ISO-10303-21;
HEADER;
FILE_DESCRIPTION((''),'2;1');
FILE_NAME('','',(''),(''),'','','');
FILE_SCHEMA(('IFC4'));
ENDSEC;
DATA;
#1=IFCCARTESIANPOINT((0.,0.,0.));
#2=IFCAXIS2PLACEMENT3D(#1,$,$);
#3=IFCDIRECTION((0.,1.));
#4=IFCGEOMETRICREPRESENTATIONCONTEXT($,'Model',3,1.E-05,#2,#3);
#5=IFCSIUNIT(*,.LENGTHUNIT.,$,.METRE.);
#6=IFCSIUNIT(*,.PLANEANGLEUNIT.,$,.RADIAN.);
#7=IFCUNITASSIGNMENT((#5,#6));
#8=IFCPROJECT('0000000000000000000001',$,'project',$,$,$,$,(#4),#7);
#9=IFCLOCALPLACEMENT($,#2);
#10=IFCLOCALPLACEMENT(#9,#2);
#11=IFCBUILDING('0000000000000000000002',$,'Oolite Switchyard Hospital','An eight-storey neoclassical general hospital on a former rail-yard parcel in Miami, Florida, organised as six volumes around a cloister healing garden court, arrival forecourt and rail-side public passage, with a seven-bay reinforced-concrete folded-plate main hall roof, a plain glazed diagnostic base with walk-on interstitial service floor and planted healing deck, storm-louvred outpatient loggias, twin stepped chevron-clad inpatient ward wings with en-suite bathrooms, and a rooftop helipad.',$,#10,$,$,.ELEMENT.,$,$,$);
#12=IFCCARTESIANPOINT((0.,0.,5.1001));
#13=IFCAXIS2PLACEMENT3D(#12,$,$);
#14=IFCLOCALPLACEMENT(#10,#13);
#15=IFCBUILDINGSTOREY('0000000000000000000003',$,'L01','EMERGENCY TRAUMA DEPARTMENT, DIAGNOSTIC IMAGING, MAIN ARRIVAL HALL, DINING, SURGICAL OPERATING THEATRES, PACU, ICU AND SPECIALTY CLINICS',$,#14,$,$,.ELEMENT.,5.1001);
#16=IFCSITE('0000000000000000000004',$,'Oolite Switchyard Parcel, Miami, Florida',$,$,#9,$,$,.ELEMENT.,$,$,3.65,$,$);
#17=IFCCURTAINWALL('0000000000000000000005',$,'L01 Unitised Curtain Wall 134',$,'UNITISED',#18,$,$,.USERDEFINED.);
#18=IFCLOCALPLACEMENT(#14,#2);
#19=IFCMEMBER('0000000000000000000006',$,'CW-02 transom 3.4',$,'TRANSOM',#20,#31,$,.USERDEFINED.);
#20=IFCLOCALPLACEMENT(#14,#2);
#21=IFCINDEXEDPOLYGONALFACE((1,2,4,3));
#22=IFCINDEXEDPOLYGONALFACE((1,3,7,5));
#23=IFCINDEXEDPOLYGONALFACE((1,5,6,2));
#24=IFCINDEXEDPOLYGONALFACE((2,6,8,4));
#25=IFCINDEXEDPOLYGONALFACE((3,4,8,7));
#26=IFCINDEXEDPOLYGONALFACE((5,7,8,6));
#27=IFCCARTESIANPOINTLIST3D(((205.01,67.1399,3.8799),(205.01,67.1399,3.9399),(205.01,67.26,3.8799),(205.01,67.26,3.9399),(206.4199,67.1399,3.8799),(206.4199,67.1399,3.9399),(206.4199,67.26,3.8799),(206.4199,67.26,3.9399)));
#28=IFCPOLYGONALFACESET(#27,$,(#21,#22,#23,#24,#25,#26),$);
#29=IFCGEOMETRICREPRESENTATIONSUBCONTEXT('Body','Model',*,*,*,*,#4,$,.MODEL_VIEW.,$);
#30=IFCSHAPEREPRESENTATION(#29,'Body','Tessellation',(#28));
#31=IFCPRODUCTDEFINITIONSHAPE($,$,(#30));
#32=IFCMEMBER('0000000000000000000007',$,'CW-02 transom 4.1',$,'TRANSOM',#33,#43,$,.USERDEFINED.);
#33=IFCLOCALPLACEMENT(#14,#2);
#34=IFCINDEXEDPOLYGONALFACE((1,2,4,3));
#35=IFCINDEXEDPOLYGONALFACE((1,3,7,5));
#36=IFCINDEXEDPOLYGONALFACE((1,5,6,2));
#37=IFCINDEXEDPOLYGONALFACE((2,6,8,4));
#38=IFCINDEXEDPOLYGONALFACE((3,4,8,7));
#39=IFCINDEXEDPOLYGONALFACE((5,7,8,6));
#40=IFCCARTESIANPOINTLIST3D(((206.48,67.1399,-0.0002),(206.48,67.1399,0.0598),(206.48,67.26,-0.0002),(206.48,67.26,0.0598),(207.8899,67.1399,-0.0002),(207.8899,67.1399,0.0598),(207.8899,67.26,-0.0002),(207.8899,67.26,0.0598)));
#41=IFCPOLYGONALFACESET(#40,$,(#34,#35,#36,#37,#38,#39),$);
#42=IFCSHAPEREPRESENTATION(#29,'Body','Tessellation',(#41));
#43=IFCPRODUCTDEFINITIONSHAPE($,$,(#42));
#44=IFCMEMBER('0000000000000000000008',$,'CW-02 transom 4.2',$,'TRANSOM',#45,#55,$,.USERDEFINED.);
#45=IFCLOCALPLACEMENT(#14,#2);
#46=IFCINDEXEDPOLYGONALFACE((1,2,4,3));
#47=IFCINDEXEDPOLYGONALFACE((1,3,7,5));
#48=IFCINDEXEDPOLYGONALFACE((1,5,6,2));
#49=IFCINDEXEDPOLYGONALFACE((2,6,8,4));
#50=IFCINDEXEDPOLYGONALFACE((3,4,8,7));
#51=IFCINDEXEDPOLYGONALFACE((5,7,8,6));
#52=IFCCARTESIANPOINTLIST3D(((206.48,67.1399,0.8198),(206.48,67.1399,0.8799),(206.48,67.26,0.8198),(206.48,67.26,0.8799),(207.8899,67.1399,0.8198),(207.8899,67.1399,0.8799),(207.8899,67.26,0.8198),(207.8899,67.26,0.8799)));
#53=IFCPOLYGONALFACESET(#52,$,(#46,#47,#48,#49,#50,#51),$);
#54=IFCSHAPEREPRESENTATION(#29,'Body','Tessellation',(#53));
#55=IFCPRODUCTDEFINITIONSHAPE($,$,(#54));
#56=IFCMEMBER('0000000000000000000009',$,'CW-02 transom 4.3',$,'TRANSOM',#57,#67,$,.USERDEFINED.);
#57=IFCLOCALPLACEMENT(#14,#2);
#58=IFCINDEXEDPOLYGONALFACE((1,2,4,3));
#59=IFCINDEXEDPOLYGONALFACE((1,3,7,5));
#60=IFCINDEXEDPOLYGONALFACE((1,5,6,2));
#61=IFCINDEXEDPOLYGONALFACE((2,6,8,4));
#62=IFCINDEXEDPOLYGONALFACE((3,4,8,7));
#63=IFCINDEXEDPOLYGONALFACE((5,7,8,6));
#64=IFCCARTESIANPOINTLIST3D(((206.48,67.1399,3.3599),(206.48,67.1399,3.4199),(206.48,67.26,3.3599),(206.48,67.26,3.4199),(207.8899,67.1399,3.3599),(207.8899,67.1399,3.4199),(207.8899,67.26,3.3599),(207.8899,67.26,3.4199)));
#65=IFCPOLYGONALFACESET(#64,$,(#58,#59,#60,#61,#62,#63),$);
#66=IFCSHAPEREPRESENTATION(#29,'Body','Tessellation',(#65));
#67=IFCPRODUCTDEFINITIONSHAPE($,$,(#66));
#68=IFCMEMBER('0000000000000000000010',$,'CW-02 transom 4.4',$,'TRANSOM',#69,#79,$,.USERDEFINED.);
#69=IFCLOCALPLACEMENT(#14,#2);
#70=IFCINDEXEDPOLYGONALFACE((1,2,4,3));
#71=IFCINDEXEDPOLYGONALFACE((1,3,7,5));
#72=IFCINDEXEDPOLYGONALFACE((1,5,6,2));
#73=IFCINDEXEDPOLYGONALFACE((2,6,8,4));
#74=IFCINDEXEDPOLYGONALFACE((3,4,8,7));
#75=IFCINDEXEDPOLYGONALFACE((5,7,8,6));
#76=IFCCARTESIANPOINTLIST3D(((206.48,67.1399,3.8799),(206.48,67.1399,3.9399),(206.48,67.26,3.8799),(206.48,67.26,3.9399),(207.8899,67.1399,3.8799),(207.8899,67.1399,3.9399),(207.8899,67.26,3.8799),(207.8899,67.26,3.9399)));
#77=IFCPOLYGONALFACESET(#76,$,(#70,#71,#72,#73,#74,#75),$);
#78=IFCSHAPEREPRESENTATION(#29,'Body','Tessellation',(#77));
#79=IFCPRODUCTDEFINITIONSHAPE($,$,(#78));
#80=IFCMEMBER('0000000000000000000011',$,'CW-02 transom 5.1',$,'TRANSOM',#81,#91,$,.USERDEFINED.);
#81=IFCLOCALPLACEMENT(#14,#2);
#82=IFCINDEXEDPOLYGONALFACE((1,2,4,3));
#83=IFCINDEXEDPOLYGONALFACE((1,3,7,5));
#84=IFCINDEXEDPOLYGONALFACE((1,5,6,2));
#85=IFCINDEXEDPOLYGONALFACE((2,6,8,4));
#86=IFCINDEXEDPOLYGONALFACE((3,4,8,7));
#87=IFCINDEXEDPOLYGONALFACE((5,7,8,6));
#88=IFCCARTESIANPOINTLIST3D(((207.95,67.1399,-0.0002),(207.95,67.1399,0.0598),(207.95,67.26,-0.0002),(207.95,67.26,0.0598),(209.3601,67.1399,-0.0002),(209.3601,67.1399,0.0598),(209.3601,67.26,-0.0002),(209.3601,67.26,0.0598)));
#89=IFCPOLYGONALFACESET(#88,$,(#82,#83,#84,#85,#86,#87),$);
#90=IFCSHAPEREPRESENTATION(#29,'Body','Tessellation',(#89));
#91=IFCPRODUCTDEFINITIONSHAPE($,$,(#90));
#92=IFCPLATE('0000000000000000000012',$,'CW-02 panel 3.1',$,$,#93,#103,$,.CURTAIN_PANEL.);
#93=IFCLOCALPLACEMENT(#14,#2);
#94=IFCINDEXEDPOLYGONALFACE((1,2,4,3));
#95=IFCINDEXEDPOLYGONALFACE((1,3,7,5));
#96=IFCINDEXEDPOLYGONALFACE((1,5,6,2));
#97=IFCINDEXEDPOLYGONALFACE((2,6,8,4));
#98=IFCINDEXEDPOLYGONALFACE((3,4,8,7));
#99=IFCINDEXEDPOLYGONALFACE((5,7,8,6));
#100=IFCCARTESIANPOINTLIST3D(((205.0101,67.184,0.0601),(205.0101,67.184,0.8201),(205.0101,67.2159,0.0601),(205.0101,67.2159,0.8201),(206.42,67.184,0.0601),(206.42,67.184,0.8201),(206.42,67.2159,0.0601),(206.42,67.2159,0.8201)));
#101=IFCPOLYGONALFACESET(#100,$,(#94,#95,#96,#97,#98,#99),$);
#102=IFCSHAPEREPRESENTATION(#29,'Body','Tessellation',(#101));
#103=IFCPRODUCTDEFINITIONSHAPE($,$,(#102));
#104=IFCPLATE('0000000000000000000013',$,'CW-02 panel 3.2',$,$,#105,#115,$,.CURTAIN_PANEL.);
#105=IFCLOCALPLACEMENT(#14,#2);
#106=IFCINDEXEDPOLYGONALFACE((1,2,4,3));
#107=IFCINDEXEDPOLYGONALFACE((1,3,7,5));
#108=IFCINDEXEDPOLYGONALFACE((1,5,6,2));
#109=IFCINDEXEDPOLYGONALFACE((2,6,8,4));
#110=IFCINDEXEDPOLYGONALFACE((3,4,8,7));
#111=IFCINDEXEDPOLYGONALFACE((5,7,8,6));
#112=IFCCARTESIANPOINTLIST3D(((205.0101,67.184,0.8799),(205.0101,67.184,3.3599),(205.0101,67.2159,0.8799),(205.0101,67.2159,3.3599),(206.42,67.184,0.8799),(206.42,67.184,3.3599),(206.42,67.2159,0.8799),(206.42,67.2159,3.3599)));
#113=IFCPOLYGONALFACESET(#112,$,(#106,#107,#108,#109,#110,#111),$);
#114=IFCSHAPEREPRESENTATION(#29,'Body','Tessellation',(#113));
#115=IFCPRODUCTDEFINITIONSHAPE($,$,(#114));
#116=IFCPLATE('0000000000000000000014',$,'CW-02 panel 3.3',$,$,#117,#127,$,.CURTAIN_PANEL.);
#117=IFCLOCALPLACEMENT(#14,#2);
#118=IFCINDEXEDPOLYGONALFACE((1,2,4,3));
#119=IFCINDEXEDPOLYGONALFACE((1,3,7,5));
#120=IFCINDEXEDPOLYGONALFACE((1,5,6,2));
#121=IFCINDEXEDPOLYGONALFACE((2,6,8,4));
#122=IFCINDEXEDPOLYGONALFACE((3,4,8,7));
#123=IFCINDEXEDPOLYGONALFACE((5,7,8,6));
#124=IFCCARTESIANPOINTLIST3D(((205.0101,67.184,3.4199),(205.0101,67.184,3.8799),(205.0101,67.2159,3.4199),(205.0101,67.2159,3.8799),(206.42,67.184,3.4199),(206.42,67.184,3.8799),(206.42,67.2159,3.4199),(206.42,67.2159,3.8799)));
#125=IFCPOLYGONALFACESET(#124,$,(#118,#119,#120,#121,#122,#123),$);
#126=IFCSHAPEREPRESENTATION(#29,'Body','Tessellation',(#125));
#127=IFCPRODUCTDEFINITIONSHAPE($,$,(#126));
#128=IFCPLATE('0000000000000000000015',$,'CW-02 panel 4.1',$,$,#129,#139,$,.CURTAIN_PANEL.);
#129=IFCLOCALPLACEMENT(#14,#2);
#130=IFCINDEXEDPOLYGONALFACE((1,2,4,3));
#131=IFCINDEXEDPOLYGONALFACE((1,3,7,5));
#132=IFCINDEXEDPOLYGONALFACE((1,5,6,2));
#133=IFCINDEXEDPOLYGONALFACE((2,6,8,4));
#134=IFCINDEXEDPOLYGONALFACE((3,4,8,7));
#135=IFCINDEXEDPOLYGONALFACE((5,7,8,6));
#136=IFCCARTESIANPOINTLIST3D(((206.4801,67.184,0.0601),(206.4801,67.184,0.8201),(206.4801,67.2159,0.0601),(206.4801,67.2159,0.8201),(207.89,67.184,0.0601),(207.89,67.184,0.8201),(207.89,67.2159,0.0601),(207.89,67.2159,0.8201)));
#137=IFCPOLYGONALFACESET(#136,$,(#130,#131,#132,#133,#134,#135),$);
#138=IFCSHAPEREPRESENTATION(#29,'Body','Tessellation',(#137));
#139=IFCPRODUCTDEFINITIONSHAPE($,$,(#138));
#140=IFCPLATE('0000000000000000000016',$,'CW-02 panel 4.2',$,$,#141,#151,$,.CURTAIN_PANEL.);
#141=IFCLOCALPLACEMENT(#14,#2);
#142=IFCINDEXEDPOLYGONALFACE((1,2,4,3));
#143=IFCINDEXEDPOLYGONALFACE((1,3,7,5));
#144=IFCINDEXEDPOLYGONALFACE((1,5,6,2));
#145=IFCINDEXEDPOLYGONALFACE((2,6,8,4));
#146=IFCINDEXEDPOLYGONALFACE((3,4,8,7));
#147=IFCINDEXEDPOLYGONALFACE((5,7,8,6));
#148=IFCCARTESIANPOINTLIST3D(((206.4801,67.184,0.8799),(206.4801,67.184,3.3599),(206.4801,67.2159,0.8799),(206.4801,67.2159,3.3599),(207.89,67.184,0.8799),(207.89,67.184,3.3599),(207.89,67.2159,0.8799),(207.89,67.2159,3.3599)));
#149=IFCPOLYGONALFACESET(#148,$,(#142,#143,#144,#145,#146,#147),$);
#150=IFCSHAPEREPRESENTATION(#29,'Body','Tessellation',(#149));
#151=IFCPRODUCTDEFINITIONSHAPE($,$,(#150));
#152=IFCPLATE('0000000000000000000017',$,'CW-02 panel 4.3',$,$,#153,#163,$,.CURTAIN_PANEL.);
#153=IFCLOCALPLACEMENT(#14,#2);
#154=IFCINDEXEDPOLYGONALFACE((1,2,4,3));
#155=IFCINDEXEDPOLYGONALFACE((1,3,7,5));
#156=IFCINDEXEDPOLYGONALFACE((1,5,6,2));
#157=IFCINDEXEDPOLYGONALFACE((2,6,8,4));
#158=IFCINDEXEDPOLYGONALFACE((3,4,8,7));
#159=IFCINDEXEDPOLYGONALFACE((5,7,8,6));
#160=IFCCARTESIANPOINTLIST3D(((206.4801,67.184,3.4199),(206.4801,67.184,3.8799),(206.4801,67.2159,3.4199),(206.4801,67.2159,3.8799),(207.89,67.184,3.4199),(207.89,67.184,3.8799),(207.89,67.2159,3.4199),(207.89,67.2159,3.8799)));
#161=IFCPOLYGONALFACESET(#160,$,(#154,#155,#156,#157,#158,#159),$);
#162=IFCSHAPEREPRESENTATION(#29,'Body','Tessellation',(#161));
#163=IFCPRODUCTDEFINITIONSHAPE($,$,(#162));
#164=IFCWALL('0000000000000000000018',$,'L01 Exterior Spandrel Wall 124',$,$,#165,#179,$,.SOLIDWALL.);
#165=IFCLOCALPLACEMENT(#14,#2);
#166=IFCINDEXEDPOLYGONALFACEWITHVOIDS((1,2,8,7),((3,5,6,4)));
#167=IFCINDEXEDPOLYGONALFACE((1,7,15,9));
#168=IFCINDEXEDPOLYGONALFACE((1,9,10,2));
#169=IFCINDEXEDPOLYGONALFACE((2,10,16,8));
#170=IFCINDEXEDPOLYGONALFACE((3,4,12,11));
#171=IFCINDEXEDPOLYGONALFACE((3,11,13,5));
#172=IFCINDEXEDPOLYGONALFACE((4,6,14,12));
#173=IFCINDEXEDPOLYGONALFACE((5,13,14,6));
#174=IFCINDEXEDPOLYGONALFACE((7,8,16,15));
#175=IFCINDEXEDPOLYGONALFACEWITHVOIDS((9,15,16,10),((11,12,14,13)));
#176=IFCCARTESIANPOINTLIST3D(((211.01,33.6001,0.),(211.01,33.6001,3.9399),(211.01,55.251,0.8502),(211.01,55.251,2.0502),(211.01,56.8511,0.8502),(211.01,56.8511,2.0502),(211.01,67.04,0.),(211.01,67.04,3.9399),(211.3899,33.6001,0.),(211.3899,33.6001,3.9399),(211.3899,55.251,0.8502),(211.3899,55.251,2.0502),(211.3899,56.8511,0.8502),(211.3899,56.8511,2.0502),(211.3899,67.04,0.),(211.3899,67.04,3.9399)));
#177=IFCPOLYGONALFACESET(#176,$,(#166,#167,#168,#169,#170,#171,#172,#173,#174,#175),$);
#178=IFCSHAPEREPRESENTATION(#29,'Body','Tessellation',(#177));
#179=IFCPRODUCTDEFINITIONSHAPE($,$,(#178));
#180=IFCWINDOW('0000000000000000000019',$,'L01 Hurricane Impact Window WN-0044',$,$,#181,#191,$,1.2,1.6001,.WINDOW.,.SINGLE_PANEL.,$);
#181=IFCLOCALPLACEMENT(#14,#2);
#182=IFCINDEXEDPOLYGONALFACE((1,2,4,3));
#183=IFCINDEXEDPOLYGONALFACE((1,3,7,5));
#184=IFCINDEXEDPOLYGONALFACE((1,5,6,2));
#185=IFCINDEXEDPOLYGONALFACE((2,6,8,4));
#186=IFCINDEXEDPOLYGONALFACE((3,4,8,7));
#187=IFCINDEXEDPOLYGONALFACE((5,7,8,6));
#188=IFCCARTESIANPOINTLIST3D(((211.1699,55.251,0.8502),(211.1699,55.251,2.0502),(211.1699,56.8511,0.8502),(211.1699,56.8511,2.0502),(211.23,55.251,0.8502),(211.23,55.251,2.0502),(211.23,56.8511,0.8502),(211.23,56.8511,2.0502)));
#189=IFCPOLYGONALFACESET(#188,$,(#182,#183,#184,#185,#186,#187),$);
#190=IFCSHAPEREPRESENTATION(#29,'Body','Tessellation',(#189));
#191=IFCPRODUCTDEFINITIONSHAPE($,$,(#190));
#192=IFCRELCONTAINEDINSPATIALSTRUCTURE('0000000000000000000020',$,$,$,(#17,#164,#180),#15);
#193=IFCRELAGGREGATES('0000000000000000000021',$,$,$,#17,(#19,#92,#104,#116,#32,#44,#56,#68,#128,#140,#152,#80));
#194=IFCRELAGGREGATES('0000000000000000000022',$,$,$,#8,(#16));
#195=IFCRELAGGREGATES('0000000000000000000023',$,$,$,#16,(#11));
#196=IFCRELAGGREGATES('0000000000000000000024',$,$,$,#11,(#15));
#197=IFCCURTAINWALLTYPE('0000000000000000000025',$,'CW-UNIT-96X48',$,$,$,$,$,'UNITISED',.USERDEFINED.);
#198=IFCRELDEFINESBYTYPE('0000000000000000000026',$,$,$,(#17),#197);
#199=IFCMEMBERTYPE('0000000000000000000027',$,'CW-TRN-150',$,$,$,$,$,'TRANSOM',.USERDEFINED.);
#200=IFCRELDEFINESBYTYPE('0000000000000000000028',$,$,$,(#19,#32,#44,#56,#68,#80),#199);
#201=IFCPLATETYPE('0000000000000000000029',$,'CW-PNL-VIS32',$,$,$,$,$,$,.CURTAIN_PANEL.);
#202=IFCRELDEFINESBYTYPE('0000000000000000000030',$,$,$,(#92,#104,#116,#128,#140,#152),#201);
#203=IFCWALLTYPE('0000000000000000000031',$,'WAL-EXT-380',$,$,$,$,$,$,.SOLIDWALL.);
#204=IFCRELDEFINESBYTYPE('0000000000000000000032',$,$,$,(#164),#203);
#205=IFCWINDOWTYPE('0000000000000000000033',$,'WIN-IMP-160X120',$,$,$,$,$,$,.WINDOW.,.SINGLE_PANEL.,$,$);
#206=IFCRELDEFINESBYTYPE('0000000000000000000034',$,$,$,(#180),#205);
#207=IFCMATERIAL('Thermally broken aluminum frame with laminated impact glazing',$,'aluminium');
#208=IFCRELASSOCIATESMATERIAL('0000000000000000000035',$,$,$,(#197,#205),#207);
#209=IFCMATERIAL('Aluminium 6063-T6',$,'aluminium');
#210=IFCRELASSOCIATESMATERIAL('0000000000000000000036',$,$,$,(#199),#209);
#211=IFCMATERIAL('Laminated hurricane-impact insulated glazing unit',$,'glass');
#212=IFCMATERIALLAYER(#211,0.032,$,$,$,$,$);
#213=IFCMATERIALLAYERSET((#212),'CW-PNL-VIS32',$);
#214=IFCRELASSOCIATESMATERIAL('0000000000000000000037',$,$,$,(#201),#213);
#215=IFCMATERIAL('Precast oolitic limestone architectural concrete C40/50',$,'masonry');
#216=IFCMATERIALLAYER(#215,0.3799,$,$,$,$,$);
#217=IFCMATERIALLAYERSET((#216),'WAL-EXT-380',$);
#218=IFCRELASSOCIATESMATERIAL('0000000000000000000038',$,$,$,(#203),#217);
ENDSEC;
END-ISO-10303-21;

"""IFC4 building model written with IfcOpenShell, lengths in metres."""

from ifc_helpers import new_model, si_unit, direction, frame, frame_2d, origin, origin_2d, place, context, subcontext, project, spatial, rectangle, extrude, material, layer, layer_set, material_profile, profile_set, type_object, element, fill, aggregate, save


model = new_model("IFC4")

# Units and contexts
model_context = context("Model", 3, precision=1e-05, world=origin(), true_north=direction((0.0, 1.0)))
body_context = subcontext(model_context, "Body", "Model", "MODEL_VIEW")
ifc_project = project(units=[si_unit("LENGTHUNIT", "METRE"), si_unit("PLANEANGLEUNIT", "RADIAN")], contexts=[model_context])

# Site, building, storey
site_placement = place(None, origin())
site = spatial("IfcSite", under=ifc_project, at=site_placement, Name="Oolite Switchyard Parcel, Miami, Florida", CompositionType="ELEMENT", RefElevation=3.65)
building_placement = place(site_placement, origin())
building = spatial("IfcBuilding", under=site, at=building_placement, Name="Oolite Switchyard Hospital", Description="An eight-storey neoclassical general hospital on a former rail-yard parcel in Miami, Florida, organised as six volumes around a cloister healing garden court, arrival forecourt and rail-side public passage, with a seven-bay reinforced-concrete folded-plate main hall roof, a plain glazed diagnostic base with walk-on interstitial service floor and planted healing deck, storm-louvred outpatient loggias, twin stepped chevron-clad inpatient ward wings with en-suite bathrooms, and a rooftop helipad.", CompositionType="ELEMENT")
storey_placement = place(building_placement, frame((0.0, 0.0, 5.1001)))
storey = spatial("IfcBuildingStorey", under=building, at=storey_placement, Name="L01", Description="EMERGENCY TRAUMA DEPARTMENT, DIAGNOSTIC IMAGING, MAIN ARRIVAL HALL, DINING, SURGICAL OPERATING THEATRES, PACU, ICU AND SPECIALTY CLINICS", CompositionType="ELEMENT", Elevation=5.1001)

# Curtain wall, members, plates
ifc_material_1 = material(Name="Thermally broken aluminum frame with laminated impact glazing", Category="aluminium")
curtain_wall_type = type_object("IfcCurtainWallType", Name="CW-UNIT-96X48", ElementType="UNITISED", PredefinedType="USERDEFINED", material=ifc_material_1)
curtain_wall_placement = place(storey_placement, origin())
curtain_wall = element("IfcCurtainWall", 1, at=curtain_wall_placement, inside=storey, type_object=curtain_wall_type, Name="L01 Unitised Curtain Wall 134", ObjectType="UNITISED", PredefinedType="USERDEFINED")
ifc_material_2 = material(Name="Aluminium 6063-T6", Category="aluminium")
ifc_material_profile_1 = material_profile(ifc_material_2, rectangle(XDim=0.1201, YDim=0.0601, at=origin_2d()), Name="CWT60X120")
ifc_profile_set_1 = profile_set([ifc_material_profile_1], Name="Aluminium 6063-T6")
member_type_1 = type_object("IfcMemberType", Name="CW-TRN-150", ElementType="TRANSOM", PredefinedType="USERDEFINED", material=ifc_profile_set_1)
member_1_placement = place(storey_placement, frame((205.01, 67.2, 3.9099), z_axis=(1.0, 0.0, 0.0), x_axis=(0.0, 1.0, 0.0)))
member_1 = element("IfcMember", 2, at=member_1_placement, type_object=member_type_1, Name="CW-02 transom 3.4", ObjectType="TRANSOM", PredefinedType="USERDEFINED", context=body_context, shape_type="SweptSolid", body=[
    extrude(rectangle(XDim=0.1201, YDim=0.0601, at=origin_2d()), origin(), (0.0, 0.0, 1.0), 1.4099),
])
member_2_placement = place(storey_placement, frame((206.48, 67.2, 0.0298), z_axis=(1.0, 0.0, 0.0), x_axis=(0.0, 1.0, 0.0)))
member_2 = element("IfcMember", 3, at=member_2_placement, type_object=member_type_1, Name="CW-02 transom 4.1", ObjectType="TRANSOM", PredefinedType="USERDEFINED", context=body_context, shape_type="SweptSolid", body=[
    extrude(rectangle(XDim=0.1201, YDim=0.0601, at=origin_2d()), origin(), (0.0, 0.0, 1.0), 1.4099),
])
member_3_placement = place(storey_placement, frame((206.48, 67.2, 0.8499), z_axis=(1.0, 0.0, 0.0), x_axis=(0.0, 1.0, 0.0)))
member_3 = element("IfcMember", 4, at=member_3_placement, type_object=member_type_1, Name="CW-02 transom 4.2", ObjectType="TRANSOM", PredefinedType="USERDEFINED", context=body_context, shape_type="SweptSolid", body=[
    extrude(rectangle(XDim=0.1201, YDim=0.0601, at=origin_2d()), origin(), (0.0, 0.0, 1.0), 1.4099),
])
member_4_placement = place(storey_placement, frame((206.48, 67.2, 3.3899), z_axis=(1.0, 0.0, 0.0), x_axis=(0.0, 1.0, 0.0)))
member_4 = element("IfcMember", 5, at=member_4_placement, type_object=member_type_1, Name="CW-02 transom 4.3", ObjectType="TRANSOM", PredefinedType="USERDEFINED", context=body_context, shape_type="SweptSolid", body=[
    extrude(rectangle(XDim=0.1201, YDim=0.0601, at=origin_2d()), origin(), (0.0, 0.0, 1.0), 1.4099),
])
member_5_placement = place(storey_placement, frame((206.48, 67.2, 3.9099), z_axis=(1.0, 0.0, 0.0), x_axis=(0.0, 1.0, 0.0)))
member_5 = element("IfcMember", 6, at=member_5_placement, type_object=member_type_1, Name="CW-02 transom 4.4", ObjectType="TRANSOM", PredefinedType="USERDEFINED", context=body_context, shape_type="SweptSolid", body=[
    extrude(rectangle(XDim=0.1201, YDim=0.0601, at=origin_2d()), origin(), (0.0, 0.0, 1.0), 1.4099),
])
member_6_placement = place(storey_placement, frame((207.95, 67.2, 0.0298), z_axis=(1.0, 0.0, 0.0), x_axis=(0.0, 1.0, 0.0)))
member_6 = element("IfcMember", 7, at=member_6_placement, type_object=member_type_1, Name="CW-02 transom 5.1", ObjectType="TRANSOM", PredefinedType="USERDEFINED", context=body_context, shape_type="SweptSolid", body=[
    extrude(rectangle(XDim=0.1201, YDim=0.0601, at=origin_2d()), origin(), (0.0, 0.0, 1.0), 1.4102),
])
ifc_material_3 = material(Name="Laminated hurricane-impact insulated glazing unit", Category="glass")
ifc_layer_1 = layer(ifc_material_3, 0.032)
ifc_layer_set_1 = layer_set([ifc_layer_1], Name="CW-PNL-VIS32")
plate_type = type_object("IfcPlateType", Name="CW-PNL-VIS32", PredefinedType="CURTAIN_PANEL", material=ifc_layer_set_1)
plate_1_placement = place(storey_placement, frame((205.7151, 67.2, 0.0601), z_axis=(0.0, 0.0, 1.0), x_axis=(1.0, 0.0, 0.0)))
plate_1 = element("IfcPlate", 8, at=plate_1_placement, type_object=plate_type, Name="CW-02 panel 3.1", PredefinedType="CURTAIN_PANEL", context=body_context, shape_type="SweptSolid", body=[
    extrude(rectangle(XDim=1.4099, YDim=0.032, at=origin_2d()), origin(), (0.0, 0.0, 1.0), 0.76),
])
plate_2_placement = place(storey_placement, frame((205.7151, 67.2, 0.8799), z_axis=(0.0, 0.0, 1.0), x_axis=(1.0, 0.0, 0.0)))
plate_2 = element("IfcPlate", 9, at=plate_2_placement, type_object=plate_type, Name="CW-02 panel 3.2", PredefinedType="CURTAIN_PANEL", context=body_context, shape_type="SweptSolid", body=[
    extrude(rectangle(XDim=1.4099, YDim=0.032, at=origin_2d()), origin(), (0.0, 0.0, 1.0), 2.48),
])
plate_3_placement = place(storey_placement, frame((205.7151, 67.2, 3.4199), z_axis=(0.0, 0.0, 1.0), x_axis=(1.0, 0.0, 0.0)))
plate_3 = element("IfcPlate", 10, at=plate_3_placement, type_object=plate_type, Name="CW-02 panel 3.3", PredefinedType="CURTAIN_PANEL", context=body_context, shape_type="SweptSolid", body=[
    extrude(rectangle(XDim=1.4099, YDim=0.032, at=origin_2d()), origin(), (0.0, 0.0, 1.0), 0.46),
])
plate_4_placement = place(storey_placement, frame((207.1851, 67.2, 0.0601), z_axis=(0.0, 0.0, 1.0), x_axis=(1.0, 0.0, 0.0)))
plate_4 = element("IfcPlate", 11, at=plate_4_placement, type_object=plate_type, Name="CW-02 panel 4.1", PredefinedType="CURTAIN_PANEL", context=body_context, shape_type="SweptSolid", body=[
    extrude(rectangle(XDim=1.4099, YDim=0.032, at=origin_2d()), origin(), (0.0, 0.0, 1.0), 0.76),
])
plate_5_placement = place(storey_placement, frame((207.1851, 67.2, 0.8799), z_axis=(0.0, 0.0, 1.0), x_axis=(1.0, 0.0, 0.0)))
plate_5 = element("IfcPlate", 12, at=plate_5_placement, type_object=plate_type, Name="CW-02 panel 4.2", PredefinedType="CURTAIN_PANEL", context=body_context, shape_type="SweptSolid", body=[
    extrude(rectangle(XDim=1.4099, YDim=0.032, at=origin_2d()), origin(), (0.0, 0.0, 1.0), 2.48),
])
plate_6_placement = place(storey_placement, frame((207.1851, 67.2, 3.4199), z_axis=(0.0, 0.0, 1.0), x_axis=(1.0, 0.0, 0.0)))
plate_6 = element("IfcPlate", 13, at=plate_6_placement, type_object=plate_type, Name="CW-02 panel 4.3", PredefinedType="CURTAIN_PANEL", context=body_context, shape_type="SweptSolid", body=[
    extrude(rectangle(XDim=1.4099, YDim=0.032, at=origin_2d()), origin(), (0.0, 0.0, 1.0), 0.46),
])
aggregate(curtain_wall, [member_1, plate_1, plate_2, plate_3, member_2, member_3, member_4, member_5, plate_4, plate_5, plate_6, member_6])

# Wall, opening, window
ifc_material_4 = material(Name="Precast oolitic limestone architectural concrete C40/50", Category="masonry")
ifc_layer_2 = layer(ifc_material_4, 0.3799)
ifc_layer_set_2 = layer_set([ifc_layer_2], Name="WAL-EXT-380")
wall_type = type_object("IfcWallType", Name="WAL-EXT-380", PredefinedType="SOLIDWALL", material=ifc_layer_set_2)
wall_placement = place(storey_placement, frame((211.2, 67.04, 0.0), z_axis=(0.0, 0.0, 1.0), x_axis=(0.0, -1.0, 0.0)))
wall = element("IfcWall", 14, at=wall_placement, inside=storey, type_object=wall_type, Name="L01 Exterior Spandrel Wall 124", PredefinedType="SOLIDWALL", context=body_context, shape_type="SweptSolid", body=[
    extrude(rectangle(XDim=33.4399, YDim=0.3799, at=frame_2d((16.72, 0.0))), origin(), (0.0, 0.0, 1.0), 3.9399),
])
opening_placement = place(wall_placement, frame((10.189, 0.0, 0.8501)))
opening = element("IfcOpeningElement", 15, at=opening_placement, cuts=wall, PredefinedType="OPENING", context=body_context, shape_type="SweptSolid", body=[
    extrude(rectangle(XDim=1.6001, YDim=1.2, at=frame_2d((0.8, 0.6001))), frame((0.0, 0.2, 0.0), z_axis=(0.0, -1.0, 0.0), x_axis=(1.0, 0.0, 0.0)), (0.0, 0.0, 1.0), 0.3999),
])
window_type = type_object("IfcWindowType", Name="WIN-IMP-160X120", PartitioningType="SINGLE_PANEL", PredefinedType="WINDOW", material=ifc_material_1)
window_placement = place(opening_placement, origin())
window = element("IfcWindow", 16, at=window_placement, inside=storey, type_object=window_type, Name="L01 Hurricane Impact Window WN-0044", OverallHeight=1.2, OverallWidth=1.6001, PartitioningType="SINGLE_PANEL", PredefinedType="WINDOW", context=body_context, shape_type="SweptSolid", body=[
    extrude(rectangle(XDim=1.6001, YDim=1.2, at=frame_2d((0.8, 0.6001))), frame((0.0, 0.03, 0.0), z_axis=(0.0, -1.0, 0.0), x_axis=(1.0, 0.0, 0.0)), (0.0, 0.0, 1.0), 0.0601),
])
fill(opening, window)

save(model, "model.ifc")
